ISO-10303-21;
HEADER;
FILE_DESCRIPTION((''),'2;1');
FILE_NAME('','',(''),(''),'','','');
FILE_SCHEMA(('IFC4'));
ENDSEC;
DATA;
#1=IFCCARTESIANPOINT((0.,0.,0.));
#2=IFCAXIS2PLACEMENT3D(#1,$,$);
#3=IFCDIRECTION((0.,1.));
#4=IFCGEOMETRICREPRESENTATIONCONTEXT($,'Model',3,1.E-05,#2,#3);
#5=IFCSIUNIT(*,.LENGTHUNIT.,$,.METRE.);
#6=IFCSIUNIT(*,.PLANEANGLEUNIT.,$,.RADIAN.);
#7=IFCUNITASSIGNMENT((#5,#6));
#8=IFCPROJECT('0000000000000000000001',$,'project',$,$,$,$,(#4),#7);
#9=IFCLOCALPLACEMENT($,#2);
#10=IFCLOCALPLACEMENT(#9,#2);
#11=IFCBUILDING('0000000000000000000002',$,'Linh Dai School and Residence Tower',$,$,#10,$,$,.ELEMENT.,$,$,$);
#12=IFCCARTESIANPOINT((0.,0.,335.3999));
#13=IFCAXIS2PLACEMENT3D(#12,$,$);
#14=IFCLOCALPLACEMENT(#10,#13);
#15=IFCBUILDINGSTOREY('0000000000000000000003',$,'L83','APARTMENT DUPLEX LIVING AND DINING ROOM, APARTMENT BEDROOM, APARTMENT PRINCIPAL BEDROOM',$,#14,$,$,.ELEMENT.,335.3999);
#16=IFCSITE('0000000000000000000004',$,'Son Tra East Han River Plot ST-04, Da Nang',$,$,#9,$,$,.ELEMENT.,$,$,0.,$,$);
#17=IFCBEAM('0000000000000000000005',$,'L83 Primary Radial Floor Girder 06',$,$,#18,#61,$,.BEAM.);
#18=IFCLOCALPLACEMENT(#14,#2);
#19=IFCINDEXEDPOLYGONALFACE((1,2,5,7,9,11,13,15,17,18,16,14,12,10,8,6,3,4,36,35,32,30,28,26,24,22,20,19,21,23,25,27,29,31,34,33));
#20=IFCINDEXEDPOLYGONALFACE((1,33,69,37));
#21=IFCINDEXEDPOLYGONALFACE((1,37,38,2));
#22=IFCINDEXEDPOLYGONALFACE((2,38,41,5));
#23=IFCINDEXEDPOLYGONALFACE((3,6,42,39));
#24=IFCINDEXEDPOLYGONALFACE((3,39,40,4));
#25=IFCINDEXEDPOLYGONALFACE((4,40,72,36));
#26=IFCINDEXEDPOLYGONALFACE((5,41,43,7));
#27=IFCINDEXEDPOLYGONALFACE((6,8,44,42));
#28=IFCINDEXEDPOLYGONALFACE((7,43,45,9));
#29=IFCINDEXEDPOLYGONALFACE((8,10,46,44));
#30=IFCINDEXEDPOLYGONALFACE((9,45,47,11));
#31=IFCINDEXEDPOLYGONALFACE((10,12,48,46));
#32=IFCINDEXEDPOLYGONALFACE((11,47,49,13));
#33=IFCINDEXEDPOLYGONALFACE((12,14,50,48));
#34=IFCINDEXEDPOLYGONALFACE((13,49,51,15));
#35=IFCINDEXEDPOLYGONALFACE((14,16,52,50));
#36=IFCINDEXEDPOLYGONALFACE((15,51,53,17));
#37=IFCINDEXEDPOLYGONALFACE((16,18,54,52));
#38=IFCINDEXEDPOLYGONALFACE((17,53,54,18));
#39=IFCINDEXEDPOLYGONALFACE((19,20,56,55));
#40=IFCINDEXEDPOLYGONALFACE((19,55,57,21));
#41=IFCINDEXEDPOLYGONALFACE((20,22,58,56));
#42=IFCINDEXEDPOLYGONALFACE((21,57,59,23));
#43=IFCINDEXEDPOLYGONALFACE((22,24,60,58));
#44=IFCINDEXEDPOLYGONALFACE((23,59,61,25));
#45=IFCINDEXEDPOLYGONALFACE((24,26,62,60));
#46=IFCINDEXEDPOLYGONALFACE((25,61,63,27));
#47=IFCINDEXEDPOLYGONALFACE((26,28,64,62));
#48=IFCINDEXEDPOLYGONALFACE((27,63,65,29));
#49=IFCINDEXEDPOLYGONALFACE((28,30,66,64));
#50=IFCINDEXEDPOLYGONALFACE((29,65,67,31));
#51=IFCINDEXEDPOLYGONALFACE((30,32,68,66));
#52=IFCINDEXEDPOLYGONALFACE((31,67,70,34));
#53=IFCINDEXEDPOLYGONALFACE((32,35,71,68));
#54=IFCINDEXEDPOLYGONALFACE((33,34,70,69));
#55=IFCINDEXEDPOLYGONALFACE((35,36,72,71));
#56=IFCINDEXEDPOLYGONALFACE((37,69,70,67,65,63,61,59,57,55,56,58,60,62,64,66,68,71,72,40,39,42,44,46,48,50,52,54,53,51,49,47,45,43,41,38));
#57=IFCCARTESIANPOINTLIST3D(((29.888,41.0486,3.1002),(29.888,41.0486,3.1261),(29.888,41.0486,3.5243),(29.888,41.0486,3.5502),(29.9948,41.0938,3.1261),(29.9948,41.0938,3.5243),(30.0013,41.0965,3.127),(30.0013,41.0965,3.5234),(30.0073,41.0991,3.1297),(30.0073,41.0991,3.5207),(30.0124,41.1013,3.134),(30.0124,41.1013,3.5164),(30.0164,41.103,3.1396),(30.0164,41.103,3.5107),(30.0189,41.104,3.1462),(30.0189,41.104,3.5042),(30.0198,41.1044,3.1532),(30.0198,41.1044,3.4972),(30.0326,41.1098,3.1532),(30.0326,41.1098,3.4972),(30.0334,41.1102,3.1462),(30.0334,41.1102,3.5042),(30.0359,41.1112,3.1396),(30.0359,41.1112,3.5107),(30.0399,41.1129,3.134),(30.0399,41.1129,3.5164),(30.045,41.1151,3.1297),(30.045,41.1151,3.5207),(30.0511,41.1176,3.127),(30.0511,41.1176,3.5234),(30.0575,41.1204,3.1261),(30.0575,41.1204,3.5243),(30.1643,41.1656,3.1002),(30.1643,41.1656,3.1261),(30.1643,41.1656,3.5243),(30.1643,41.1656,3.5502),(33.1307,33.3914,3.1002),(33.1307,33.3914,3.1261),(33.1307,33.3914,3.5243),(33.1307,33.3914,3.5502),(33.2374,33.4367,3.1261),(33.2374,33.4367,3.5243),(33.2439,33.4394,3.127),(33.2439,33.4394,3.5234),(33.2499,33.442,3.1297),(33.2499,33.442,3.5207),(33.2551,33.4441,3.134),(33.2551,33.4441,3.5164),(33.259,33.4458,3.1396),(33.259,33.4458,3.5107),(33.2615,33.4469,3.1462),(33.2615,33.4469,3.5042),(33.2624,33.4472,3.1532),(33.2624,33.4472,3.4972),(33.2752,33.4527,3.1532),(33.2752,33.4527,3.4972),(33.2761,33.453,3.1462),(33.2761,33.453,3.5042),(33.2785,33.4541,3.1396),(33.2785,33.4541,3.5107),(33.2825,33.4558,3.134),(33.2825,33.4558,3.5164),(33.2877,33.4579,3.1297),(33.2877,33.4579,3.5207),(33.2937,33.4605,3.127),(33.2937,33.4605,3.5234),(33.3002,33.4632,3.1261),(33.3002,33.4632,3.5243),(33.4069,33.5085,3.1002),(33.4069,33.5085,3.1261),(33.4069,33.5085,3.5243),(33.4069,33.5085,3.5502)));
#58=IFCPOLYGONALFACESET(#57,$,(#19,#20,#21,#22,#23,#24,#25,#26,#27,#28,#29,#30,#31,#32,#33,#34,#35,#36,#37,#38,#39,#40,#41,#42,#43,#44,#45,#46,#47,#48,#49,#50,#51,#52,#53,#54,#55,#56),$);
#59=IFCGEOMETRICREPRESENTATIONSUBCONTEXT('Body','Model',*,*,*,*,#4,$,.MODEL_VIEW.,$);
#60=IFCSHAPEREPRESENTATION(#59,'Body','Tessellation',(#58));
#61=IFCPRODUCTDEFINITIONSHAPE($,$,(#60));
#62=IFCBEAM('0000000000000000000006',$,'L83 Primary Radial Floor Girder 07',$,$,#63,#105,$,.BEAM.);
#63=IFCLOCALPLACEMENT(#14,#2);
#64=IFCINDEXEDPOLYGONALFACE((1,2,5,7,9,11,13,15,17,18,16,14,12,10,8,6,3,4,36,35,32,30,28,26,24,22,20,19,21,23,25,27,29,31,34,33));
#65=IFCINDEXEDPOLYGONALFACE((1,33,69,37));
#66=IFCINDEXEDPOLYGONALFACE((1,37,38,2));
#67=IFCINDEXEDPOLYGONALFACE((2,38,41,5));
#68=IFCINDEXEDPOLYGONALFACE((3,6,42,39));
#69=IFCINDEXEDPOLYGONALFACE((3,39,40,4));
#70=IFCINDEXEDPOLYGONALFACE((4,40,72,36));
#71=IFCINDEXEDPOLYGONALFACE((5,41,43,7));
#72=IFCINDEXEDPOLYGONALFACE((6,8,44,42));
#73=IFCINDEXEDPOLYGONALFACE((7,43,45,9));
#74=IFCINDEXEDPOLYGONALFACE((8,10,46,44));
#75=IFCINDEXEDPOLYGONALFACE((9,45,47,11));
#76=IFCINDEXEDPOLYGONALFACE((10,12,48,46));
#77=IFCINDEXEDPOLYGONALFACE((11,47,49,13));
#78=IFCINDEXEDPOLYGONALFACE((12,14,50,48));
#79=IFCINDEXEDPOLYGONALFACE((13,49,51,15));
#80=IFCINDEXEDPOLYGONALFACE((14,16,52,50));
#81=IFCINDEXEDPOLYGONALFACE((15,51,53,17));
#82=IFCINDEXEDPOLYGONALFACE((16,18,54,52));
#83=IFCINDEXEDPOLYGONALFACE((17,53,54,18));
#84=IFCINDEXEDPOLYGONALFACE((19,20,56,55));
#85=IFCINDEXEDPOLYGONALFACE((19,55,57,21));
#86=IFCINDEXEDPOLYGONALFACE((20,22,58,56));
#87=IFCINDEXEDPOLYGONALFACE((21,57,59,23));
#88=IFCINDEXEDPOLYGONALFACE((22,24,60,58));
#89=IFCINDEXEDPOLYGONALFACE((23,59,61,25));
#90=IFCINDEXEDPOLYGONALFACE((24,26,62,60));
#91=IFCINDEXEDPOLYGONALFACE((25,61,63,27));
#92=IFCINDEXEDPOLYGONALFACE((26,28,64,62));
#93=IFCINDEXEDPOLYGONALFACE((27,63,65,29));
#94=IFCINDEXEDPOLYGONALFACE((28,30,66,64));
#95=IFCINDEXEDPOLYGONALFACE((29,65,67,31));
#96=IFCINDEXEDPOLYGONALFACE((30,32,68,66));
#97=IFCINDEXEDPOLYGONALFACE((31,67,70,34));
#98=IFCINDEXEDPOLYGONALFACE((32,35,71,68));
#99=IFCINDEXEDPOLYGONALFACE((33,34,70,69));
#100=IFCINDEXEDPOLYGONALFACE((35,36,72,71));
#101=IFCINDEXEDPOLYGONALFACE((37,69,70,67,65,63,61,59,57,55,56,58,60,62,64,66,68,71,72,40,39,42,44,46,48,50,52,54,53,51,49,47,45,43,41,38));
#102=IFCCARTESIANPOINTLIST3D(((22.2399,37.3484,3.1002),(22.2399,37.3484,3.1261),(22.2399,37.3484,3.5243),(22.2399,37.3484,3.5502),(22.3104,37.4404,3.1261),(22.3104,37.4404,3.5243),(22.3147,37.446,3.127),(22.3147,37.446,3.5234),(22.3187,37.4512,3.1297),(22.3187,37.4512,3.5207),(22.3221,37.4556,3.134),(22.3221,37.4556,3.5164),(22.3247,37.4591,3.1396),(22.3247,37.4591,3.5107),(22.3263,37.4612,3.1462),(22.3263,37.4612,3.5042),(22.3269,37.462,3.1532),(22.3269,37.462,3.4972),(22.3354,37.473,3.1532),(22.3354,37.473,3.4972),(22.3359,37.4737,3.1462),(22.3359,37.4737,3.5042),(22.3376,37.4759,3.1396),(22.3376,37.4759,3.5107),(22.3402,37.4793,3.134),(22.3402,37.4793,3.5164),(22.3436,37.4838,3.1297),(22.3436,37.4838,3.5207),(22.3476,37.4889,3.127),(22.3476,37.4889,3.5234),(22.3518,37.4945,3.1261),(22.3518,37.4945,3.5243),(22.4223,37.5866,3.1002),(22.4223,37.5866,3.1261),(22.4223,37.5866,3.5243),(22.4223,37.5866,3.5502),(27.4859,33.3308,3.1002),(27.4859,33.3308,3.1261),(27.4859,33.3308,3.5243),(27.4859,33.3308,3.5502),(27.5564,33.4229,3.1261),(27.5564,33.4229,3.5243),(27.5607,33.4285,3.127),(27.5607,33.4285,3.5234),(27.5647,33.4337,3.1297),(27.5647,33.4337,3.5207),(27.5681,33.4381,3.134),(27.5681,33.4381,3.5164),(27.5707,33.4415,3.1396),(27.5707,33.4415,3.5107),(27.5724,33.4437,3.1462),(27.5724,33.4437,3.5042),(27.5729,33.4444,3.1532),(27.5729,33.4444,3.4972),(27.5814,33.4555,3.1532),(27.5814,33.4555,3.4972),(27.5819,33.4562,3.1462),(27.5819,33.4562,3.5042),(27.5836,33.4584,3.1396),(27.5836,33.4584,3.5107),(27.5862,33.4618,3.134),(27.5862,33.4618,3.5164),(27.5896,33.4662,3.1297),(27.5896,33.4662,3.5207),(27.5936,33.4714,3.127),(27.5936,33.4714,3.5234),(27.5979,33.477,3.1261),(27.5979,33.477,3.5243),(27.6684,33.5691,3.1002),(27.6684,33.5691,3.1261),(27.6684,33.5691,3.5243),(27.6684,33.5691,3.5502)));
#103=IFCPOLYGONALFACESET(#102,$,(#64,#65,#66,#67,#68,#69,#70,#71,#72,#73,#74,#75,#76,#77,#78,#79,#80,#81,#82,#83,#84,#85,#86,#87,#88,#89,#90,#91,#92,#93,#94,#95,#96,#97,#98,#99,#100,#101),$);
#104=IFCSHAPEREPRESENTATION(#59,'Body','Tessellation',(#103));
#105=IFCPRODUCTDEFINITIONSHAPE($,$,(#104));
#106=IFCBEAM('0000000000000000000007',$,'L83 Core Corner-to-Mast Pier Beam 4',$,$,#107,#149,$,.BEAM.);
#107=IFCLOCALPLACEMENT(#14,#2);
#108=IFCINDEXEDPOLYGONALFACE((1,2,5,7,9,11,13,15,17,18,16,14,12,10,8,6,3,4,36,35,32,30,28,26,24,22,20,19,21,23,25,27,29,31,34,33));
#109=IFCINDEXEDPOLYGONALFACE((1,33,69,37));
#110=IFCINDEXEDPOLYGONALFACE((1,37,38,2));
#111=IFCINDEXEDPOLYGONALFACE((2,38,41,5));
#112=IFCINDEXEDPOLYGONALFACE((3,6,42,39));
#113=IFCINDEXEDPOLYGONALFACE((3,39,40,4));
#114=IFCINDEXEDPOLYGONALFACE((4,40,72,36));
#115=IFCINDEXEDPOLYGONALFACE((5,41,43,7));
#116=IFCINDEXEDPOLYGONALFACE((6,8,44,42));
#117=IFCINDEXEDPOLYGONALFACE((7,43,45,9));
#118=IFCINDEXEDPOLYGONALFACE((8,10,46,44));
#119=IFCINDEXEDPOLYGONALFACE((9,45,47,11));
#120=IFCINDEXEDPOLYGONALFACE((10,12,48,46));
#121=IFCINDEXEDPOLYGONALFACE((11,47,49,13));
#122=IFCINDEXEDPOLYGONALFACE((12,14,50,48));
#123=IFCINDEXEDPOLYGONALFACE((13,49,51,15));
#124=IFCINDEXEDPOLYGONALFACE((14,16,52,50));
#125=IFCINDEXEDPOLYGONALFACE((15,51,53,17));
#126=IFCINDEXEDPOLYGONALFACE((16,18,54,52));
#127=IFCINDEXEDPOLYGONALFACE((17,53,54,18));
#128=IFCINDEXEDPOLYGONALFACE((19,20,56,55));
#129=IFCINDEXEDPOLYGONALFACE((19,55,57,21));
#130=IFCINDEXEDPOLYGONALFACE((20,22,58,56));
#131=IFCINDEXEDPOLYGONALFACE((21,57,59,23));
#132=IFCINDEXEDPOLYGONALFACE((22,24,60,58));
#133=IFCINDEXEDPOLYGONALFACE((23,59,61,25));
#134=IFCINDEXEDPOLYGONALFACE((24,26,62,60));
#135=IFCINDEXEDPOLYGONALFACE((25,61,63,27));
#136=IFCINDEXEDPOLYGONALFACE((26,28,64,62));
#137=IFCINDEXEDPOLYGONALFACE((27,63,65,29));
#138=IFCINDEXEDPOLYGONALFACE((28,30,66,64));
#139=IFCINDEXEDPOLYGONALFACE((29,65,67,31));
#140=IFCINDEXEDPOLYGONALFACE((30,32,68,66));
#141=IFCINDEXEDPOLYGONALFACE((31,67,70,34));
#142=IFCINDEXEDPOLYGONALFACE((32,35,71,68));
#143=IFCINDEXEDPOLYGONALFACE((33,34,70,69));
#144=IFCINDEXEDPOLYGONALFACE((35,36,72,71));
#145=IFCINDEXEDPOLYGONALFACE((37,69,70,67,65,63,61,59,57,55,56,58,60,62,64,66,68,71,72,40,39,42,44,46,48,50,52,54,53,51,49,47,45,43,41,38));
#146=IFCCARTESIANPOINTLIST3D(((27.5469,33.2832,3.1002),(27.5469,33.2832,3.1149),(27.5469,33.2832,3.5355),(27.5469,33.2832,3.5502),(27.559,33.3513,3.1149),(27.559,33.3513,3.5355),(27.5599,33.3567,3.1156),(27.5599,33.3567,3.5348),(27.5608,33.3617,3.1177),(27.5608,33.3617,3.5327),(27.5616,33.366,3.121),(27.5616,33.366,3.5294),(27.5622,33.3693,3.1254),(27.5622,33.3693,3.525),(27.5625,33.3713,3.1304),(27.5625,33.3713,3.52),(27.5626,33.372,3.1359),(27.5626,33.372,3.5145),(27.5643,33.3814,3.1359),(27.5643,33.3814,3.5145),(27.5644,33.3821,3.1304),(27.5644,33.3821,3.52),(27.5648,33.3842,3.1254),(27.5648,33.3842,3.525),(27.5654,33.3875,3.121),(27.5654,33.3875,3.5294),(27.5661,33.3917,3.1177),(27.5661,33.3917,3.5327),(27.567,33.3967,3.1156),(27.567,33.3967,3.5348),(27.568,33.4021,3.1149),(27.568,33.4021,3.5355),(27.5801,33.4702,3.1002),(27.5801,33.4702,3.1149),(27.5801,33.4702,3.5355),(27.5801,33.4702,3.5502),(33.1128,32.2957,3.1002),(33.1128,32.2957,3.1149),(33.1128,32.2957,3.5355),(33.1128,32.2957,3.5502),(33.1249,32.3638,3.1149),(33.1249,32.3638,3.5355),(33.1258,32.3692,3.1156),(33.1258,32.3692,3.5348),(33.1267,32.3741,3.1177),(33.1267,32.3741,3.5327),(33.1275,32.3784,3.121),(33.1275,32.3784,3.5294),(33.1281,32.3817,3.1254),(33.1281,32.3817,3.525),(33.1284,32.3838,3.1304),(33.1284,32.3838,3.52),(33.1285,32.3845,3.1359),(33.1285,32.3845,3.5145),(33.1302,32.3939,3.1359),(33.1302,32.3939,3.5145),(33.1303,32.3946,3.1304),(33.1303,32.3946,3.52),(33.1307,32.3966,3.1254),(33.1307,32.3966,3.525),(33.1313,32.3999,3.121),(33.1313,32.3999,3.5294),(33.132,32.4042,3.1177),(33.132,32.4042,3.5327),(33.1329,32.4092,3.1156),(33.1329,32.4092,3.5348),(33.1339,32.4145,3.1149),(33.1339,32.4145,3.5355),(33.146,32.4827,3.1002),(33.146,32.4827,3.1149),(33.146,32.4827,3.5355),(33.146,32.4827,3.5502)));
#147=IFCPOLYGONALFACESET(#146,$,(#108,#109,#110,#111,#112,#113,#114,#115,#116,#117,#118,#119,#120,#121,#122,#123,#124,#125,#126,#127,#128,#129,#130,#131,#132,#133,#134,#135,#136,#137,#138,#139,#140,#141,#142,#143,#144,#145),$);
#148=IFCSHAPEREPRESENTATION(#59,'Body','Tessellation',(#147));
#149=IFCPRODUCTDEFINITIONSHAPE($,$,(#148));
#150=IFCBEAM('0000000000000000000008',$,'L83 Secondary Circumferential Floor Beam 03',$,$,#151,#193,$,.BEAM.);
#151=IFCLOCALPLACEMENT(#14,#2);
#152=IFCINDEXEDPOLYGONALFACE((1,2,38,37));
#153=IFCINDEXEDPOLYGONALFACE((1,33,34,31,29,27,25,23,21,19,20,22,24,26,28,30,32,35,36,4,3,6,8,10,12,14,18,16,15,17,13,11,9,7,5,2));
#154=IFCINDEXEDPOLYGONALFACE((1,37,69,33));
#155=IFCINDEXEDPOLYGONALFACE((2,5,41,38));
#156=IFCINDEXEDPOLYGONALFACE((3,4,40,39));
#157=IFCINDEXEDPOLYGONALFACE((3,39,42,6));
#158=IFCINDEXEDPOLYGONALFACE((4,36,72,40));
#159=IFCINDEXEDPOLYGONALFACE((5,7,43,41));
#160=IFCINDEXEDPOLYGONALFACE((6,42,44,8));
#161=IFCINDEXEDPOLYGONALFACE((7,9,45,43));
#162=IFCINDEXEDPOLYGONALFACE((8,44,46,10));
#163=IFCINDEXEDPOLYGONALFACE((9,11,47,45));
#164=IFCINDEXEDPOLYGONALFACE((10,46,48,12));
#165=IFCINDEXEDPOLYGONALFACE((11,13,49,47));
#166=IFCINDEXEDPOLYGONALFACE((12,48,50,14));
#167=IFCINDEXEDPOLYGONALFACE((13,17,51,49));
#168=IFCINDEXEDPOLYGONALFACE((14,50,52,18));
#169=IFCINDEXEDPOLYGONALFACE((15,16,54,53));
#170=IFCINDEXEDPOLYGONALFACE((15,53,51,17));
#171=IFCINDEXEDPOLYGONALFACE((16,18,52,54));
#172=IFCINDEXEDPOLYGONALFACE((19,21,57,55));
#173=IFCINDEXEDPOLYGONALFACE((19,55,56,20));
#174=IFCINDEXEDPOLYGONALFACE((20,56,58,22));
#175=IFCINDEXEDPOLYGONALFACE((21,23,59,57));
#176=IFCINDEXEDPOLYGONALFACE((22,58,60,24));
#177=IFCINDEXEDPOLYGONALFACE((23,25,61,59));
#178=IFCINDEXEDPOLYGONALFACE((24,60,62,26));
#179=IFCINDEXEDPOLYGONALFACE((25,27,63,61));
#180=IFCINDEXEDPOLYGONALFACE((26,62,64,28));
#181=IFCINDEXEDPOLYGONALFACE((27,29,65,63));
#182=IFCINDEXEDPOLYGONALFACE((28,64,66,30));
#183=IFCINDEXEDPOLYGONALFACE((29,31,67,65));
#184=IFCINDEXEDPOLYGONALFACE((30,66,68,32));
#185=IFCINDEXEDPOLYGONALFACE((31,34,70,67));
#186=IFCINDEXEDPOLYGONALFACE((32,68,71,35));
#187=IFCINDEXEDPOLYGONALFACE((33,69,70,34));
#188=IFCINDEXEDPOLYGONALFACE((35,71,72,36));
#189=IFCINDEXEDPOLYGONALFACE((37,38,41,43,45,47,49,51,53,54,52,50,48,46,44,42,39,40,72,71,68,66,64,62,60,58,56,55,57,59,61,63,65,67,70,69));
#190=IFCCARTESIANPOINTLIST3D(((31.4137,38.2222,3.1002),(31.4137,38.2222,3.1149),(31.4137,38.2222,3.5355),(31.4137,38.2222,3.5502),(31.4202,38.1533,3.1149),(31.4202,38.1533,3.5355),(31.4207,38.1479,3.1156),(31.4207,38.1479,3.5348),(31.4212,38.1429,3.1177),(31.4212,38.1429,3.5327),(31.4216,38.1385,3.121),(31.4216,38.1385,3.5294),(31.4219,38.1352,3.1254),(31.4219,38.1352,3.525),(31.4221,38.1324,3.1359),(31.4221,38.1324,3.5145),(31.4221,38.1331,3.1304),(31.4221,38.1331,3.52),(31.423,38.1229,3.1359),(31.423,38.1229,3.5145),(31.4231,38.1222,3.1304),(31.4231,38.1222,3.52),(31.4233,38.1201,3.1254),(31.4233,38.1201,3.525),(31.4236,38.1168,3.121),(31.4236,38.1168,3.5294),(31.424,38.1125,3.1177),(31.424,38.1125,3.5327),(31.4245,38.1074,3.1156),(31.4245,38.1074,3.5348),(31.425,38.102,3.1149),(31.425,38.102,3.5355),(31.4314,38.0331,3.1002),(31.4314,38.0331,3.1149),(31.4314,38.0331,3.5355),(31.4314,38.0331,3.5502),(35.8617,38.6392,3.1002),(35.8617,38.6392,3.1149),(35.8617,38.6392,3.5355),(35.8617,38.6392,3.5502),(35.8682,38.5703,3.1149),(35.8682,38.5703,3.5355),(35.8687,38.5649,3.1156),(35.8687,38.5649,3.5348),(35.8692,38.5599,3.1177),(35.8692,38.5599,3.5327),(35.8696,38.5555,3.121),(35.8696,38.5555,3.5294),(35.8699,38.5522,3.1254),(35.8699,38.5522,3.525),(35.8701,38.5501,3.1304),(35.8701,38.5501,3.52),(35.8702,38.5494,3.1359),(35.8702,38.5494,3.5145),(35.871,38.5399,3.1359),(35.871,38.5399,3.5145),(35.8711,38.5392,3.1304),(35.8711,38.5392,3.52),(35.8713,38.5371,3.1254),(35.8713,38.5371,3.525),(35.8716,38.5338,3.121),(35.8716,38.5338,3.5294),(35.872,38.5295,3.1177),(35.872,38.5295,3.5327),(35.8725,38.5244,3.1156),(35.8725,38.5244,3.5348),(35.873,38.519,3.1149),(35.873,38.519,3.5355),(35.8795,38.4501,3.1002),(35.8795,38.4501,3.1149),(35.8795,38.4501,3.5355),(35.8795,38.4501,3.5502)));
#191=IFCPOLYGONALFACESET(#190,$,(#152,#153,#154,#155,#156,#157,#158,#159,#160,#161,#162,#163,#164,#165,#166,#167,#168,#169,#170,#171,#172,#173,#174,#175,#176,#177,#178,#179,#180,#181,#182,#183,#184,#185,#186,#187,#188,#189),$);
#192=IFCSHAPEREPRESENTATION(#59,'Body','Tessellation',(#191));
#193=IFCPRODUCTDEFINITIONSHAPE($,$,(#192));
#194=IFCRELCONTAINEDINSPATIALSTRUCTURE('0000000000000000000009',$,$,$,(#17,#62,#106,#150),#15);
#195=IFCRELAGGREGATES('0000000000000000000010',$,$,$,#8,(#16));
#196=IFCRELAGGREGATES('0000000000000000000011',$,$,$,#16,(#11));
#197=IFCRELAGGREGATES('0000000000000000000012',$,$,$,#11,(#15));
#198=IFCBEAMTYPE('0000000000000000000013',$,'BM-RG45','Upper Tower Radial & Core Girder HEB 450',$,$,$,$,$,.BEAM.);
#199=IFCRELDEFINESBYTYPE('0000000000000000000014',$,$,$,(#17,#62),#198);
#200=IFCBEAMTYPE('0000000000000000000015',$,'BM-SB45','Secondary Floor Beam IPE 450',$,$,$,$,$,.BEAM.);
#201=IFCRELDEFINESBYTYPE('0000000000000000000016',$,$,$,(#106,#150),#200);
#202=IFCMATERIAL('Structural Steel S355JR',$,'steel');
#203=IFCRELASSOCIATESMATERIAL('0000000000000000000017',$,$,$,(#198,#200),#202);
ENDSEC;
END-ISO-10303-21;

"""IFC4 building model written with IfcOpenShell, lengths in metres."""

from ifc_helpers import new_model, si_unit, direction, frame, origin, origin_2d, place, context, subcontext, project, spatial, i_section, extrude, material, material_profile, profile_set, type_object, element, save


model = new_model("IFC4")

# Units and contexts
model_context = context("Model", 3, precision=1e-05, world=origin(), true_north=direction((0.0, 1.0)))
body_context = subcontext(model_context, "Body", "Model", "MODEL_VIEW")
ifc_project = project(units=[si_unit("LENGTHUNIT", "METRE"), si_unit("PLANEANGLEUNIT", "RADIAN")], contexts=[model_context])

# Site, building, storey
site_placement = place(None, origin())
site = spatial("IfcSite", under=ifc_project, at=site_placement, Name="Son Tra East Han River Plot ST-04, Da Nang", CompositionType="ELEMENT", RefElevation=0.0)
building_placement = place(site_placement, origin())
building = spatial("IfcBuilding", under=site, at=building_placement, Name="Linh Dai School and Residence Tower", CompositionType="ELEMENT")
storey_placement = place(building_placement, frame((0.0, 0.0, 335.3999)))
storey = spatial("IfcBuildingStorey", under=building, at=storey_placement, Name="L83", Description="APARTMENT DUPLEX LIVING AND DINING ROOM, APARTMENT BEDROOM, APARTMENT PRINCIPAL BEDROOM", CompositionType="ELEMENT", Elevation=335.3999)

# Shared definitions
ifc_material_1 = material(Name="Structural Steel S355JR", Category="steel")

# Beams
ifc_material_profile_1 = material_profile(ifc_material_1, i_section(OverallWidth=0.3, OverallDepth=0.45, WebThickness=0.0139, FlangeThickness=0.0259, FilletRadius=0.0271, at=origin_2d()), Name="HEB 450")
ifc_profile_set_1 = profile_set([ifc_material_profile_1], Name="Structural Steel S355JR")
beam_type_1 = type_object("IfcBeamType", Name="BM-RG45", Description="Upper Tower Radial & Core Girder HEB 450", PredefinedType="BEAM", material=ifc_profile_set_1)
beam_1_placement = place(storey_placement, frame((33.2688, 33.45, 3.3252), z_axis=(-0.389954, 0.920834, 0.0), x_axis=(-0.920834, -0.389954, 0.0)))
element("IfcBeam", 1, at=beam_1_placement, inside=storey, type_object=beam_type_1, Name="L83 Primary Radial Floor Girder 06", PredefinedType="BEAM", context=body_context, shape_type="SweptSolid", body=[
    extrude(i_section(OverallWidth=0.3, OverallDepth=0.45, WebThickness=0.0139, FlangeThickness=0.0259, FilletRadius=0.0271, at=origin_2d()), origin(), (0.0, 0.0, 1.0), 8.3154),
])
beam_2_placement = place(storey_placement, frame((27.5771, 33.45, 3.3252), z_axis=(-0.79393, 0.608009, 0.0), x_axis=(-0.608009, -0.79393, 0.0)))
element("IfcBeam", 2, at=beam_2_placement, inside=storey, type_object=beam_type_1, Name="L83 Primary Radial Floor Girder 07", PredefinedType="BEAM", context=body_context, shape_type="SweptSolid", body=[
    extrude(i_section(OverallWidth=0.3, OverallDepth=0.45, WebThickness=0.0139, FlangeThickness=0.0259, FilletRadius=0.0271, at=origin_2d()), origin(), (0.0, 0.0, 1.0), 6.6077),
])
ifc_material_profile_2 = material_profile(ifc_material_1, i_section(OverallWidth=0.1899, OverallDepth=0.45, WebThickness=0.0095, FlangeThickness=0.0146, FilletRadius=0.021, at=origin_2d()), Name="IPE 450")
ifc_profile_set_2 = profile_set([ifc_material_profile_2], Name="Structural Steel S355JR")
beam_type_2 = type_object("IfcBeamType", Name="BM-SB45", Description="Secondary Floor Beam IPE 450", PredefinedType="BEAM", material=ifc_profile_set_2)
beam_3_placement = place(storey_placement, frame((27.5635, 33.3767, 3.3252), z_axis=(0.984622, -0.174699, 0.0), x_axis=(0.174699, 0.984622, 0.0)))
element("IfcBeam", 3, at=beam_3_placement, inside=storey, type_object=beam_type_2, Name="L83 Core Corner-to-Mast Pier Beam 4", PredefinedType="BEAM", context=body_context, shape_type="SweptSolid", body=[
    extrude(i_section(OverallWidth=0.1899, OverallDepth=0.45, WebThickness=0.0095, FlangeThickness=0.0146, FilletRadius=0.021, at=origin_2d()), origin(), (0.0, 0.0, 1.0), 5.6528),
])
beam_4_placement = place(storey_placement, frame((35.8706, 38.5447, 3.3252), z_axis=(-0.995634, -0.093339, 0.0), x_axis=(0.093339, -0.995634, 0.0)))
element("IfcBeam", 4, at=beam_4_placement, inside=storey, type_object=beam_type_2, Name="L83 Secondary Circumferential Floor Beam 03", PredefinedType="BEAM", context=body_context, shape_type="SweptSolid", body=[
    extrude(i_section(OverallWidth=0.1899, OverallDepth=0.45, WebThickness=0.0095, FlangeThickness=0.0146, FilletRadius=0.021, at=origin_2d()), origin(), (0.0, 0.0, 1.0), 4.4675),
])

save(model, "model.ifc")
